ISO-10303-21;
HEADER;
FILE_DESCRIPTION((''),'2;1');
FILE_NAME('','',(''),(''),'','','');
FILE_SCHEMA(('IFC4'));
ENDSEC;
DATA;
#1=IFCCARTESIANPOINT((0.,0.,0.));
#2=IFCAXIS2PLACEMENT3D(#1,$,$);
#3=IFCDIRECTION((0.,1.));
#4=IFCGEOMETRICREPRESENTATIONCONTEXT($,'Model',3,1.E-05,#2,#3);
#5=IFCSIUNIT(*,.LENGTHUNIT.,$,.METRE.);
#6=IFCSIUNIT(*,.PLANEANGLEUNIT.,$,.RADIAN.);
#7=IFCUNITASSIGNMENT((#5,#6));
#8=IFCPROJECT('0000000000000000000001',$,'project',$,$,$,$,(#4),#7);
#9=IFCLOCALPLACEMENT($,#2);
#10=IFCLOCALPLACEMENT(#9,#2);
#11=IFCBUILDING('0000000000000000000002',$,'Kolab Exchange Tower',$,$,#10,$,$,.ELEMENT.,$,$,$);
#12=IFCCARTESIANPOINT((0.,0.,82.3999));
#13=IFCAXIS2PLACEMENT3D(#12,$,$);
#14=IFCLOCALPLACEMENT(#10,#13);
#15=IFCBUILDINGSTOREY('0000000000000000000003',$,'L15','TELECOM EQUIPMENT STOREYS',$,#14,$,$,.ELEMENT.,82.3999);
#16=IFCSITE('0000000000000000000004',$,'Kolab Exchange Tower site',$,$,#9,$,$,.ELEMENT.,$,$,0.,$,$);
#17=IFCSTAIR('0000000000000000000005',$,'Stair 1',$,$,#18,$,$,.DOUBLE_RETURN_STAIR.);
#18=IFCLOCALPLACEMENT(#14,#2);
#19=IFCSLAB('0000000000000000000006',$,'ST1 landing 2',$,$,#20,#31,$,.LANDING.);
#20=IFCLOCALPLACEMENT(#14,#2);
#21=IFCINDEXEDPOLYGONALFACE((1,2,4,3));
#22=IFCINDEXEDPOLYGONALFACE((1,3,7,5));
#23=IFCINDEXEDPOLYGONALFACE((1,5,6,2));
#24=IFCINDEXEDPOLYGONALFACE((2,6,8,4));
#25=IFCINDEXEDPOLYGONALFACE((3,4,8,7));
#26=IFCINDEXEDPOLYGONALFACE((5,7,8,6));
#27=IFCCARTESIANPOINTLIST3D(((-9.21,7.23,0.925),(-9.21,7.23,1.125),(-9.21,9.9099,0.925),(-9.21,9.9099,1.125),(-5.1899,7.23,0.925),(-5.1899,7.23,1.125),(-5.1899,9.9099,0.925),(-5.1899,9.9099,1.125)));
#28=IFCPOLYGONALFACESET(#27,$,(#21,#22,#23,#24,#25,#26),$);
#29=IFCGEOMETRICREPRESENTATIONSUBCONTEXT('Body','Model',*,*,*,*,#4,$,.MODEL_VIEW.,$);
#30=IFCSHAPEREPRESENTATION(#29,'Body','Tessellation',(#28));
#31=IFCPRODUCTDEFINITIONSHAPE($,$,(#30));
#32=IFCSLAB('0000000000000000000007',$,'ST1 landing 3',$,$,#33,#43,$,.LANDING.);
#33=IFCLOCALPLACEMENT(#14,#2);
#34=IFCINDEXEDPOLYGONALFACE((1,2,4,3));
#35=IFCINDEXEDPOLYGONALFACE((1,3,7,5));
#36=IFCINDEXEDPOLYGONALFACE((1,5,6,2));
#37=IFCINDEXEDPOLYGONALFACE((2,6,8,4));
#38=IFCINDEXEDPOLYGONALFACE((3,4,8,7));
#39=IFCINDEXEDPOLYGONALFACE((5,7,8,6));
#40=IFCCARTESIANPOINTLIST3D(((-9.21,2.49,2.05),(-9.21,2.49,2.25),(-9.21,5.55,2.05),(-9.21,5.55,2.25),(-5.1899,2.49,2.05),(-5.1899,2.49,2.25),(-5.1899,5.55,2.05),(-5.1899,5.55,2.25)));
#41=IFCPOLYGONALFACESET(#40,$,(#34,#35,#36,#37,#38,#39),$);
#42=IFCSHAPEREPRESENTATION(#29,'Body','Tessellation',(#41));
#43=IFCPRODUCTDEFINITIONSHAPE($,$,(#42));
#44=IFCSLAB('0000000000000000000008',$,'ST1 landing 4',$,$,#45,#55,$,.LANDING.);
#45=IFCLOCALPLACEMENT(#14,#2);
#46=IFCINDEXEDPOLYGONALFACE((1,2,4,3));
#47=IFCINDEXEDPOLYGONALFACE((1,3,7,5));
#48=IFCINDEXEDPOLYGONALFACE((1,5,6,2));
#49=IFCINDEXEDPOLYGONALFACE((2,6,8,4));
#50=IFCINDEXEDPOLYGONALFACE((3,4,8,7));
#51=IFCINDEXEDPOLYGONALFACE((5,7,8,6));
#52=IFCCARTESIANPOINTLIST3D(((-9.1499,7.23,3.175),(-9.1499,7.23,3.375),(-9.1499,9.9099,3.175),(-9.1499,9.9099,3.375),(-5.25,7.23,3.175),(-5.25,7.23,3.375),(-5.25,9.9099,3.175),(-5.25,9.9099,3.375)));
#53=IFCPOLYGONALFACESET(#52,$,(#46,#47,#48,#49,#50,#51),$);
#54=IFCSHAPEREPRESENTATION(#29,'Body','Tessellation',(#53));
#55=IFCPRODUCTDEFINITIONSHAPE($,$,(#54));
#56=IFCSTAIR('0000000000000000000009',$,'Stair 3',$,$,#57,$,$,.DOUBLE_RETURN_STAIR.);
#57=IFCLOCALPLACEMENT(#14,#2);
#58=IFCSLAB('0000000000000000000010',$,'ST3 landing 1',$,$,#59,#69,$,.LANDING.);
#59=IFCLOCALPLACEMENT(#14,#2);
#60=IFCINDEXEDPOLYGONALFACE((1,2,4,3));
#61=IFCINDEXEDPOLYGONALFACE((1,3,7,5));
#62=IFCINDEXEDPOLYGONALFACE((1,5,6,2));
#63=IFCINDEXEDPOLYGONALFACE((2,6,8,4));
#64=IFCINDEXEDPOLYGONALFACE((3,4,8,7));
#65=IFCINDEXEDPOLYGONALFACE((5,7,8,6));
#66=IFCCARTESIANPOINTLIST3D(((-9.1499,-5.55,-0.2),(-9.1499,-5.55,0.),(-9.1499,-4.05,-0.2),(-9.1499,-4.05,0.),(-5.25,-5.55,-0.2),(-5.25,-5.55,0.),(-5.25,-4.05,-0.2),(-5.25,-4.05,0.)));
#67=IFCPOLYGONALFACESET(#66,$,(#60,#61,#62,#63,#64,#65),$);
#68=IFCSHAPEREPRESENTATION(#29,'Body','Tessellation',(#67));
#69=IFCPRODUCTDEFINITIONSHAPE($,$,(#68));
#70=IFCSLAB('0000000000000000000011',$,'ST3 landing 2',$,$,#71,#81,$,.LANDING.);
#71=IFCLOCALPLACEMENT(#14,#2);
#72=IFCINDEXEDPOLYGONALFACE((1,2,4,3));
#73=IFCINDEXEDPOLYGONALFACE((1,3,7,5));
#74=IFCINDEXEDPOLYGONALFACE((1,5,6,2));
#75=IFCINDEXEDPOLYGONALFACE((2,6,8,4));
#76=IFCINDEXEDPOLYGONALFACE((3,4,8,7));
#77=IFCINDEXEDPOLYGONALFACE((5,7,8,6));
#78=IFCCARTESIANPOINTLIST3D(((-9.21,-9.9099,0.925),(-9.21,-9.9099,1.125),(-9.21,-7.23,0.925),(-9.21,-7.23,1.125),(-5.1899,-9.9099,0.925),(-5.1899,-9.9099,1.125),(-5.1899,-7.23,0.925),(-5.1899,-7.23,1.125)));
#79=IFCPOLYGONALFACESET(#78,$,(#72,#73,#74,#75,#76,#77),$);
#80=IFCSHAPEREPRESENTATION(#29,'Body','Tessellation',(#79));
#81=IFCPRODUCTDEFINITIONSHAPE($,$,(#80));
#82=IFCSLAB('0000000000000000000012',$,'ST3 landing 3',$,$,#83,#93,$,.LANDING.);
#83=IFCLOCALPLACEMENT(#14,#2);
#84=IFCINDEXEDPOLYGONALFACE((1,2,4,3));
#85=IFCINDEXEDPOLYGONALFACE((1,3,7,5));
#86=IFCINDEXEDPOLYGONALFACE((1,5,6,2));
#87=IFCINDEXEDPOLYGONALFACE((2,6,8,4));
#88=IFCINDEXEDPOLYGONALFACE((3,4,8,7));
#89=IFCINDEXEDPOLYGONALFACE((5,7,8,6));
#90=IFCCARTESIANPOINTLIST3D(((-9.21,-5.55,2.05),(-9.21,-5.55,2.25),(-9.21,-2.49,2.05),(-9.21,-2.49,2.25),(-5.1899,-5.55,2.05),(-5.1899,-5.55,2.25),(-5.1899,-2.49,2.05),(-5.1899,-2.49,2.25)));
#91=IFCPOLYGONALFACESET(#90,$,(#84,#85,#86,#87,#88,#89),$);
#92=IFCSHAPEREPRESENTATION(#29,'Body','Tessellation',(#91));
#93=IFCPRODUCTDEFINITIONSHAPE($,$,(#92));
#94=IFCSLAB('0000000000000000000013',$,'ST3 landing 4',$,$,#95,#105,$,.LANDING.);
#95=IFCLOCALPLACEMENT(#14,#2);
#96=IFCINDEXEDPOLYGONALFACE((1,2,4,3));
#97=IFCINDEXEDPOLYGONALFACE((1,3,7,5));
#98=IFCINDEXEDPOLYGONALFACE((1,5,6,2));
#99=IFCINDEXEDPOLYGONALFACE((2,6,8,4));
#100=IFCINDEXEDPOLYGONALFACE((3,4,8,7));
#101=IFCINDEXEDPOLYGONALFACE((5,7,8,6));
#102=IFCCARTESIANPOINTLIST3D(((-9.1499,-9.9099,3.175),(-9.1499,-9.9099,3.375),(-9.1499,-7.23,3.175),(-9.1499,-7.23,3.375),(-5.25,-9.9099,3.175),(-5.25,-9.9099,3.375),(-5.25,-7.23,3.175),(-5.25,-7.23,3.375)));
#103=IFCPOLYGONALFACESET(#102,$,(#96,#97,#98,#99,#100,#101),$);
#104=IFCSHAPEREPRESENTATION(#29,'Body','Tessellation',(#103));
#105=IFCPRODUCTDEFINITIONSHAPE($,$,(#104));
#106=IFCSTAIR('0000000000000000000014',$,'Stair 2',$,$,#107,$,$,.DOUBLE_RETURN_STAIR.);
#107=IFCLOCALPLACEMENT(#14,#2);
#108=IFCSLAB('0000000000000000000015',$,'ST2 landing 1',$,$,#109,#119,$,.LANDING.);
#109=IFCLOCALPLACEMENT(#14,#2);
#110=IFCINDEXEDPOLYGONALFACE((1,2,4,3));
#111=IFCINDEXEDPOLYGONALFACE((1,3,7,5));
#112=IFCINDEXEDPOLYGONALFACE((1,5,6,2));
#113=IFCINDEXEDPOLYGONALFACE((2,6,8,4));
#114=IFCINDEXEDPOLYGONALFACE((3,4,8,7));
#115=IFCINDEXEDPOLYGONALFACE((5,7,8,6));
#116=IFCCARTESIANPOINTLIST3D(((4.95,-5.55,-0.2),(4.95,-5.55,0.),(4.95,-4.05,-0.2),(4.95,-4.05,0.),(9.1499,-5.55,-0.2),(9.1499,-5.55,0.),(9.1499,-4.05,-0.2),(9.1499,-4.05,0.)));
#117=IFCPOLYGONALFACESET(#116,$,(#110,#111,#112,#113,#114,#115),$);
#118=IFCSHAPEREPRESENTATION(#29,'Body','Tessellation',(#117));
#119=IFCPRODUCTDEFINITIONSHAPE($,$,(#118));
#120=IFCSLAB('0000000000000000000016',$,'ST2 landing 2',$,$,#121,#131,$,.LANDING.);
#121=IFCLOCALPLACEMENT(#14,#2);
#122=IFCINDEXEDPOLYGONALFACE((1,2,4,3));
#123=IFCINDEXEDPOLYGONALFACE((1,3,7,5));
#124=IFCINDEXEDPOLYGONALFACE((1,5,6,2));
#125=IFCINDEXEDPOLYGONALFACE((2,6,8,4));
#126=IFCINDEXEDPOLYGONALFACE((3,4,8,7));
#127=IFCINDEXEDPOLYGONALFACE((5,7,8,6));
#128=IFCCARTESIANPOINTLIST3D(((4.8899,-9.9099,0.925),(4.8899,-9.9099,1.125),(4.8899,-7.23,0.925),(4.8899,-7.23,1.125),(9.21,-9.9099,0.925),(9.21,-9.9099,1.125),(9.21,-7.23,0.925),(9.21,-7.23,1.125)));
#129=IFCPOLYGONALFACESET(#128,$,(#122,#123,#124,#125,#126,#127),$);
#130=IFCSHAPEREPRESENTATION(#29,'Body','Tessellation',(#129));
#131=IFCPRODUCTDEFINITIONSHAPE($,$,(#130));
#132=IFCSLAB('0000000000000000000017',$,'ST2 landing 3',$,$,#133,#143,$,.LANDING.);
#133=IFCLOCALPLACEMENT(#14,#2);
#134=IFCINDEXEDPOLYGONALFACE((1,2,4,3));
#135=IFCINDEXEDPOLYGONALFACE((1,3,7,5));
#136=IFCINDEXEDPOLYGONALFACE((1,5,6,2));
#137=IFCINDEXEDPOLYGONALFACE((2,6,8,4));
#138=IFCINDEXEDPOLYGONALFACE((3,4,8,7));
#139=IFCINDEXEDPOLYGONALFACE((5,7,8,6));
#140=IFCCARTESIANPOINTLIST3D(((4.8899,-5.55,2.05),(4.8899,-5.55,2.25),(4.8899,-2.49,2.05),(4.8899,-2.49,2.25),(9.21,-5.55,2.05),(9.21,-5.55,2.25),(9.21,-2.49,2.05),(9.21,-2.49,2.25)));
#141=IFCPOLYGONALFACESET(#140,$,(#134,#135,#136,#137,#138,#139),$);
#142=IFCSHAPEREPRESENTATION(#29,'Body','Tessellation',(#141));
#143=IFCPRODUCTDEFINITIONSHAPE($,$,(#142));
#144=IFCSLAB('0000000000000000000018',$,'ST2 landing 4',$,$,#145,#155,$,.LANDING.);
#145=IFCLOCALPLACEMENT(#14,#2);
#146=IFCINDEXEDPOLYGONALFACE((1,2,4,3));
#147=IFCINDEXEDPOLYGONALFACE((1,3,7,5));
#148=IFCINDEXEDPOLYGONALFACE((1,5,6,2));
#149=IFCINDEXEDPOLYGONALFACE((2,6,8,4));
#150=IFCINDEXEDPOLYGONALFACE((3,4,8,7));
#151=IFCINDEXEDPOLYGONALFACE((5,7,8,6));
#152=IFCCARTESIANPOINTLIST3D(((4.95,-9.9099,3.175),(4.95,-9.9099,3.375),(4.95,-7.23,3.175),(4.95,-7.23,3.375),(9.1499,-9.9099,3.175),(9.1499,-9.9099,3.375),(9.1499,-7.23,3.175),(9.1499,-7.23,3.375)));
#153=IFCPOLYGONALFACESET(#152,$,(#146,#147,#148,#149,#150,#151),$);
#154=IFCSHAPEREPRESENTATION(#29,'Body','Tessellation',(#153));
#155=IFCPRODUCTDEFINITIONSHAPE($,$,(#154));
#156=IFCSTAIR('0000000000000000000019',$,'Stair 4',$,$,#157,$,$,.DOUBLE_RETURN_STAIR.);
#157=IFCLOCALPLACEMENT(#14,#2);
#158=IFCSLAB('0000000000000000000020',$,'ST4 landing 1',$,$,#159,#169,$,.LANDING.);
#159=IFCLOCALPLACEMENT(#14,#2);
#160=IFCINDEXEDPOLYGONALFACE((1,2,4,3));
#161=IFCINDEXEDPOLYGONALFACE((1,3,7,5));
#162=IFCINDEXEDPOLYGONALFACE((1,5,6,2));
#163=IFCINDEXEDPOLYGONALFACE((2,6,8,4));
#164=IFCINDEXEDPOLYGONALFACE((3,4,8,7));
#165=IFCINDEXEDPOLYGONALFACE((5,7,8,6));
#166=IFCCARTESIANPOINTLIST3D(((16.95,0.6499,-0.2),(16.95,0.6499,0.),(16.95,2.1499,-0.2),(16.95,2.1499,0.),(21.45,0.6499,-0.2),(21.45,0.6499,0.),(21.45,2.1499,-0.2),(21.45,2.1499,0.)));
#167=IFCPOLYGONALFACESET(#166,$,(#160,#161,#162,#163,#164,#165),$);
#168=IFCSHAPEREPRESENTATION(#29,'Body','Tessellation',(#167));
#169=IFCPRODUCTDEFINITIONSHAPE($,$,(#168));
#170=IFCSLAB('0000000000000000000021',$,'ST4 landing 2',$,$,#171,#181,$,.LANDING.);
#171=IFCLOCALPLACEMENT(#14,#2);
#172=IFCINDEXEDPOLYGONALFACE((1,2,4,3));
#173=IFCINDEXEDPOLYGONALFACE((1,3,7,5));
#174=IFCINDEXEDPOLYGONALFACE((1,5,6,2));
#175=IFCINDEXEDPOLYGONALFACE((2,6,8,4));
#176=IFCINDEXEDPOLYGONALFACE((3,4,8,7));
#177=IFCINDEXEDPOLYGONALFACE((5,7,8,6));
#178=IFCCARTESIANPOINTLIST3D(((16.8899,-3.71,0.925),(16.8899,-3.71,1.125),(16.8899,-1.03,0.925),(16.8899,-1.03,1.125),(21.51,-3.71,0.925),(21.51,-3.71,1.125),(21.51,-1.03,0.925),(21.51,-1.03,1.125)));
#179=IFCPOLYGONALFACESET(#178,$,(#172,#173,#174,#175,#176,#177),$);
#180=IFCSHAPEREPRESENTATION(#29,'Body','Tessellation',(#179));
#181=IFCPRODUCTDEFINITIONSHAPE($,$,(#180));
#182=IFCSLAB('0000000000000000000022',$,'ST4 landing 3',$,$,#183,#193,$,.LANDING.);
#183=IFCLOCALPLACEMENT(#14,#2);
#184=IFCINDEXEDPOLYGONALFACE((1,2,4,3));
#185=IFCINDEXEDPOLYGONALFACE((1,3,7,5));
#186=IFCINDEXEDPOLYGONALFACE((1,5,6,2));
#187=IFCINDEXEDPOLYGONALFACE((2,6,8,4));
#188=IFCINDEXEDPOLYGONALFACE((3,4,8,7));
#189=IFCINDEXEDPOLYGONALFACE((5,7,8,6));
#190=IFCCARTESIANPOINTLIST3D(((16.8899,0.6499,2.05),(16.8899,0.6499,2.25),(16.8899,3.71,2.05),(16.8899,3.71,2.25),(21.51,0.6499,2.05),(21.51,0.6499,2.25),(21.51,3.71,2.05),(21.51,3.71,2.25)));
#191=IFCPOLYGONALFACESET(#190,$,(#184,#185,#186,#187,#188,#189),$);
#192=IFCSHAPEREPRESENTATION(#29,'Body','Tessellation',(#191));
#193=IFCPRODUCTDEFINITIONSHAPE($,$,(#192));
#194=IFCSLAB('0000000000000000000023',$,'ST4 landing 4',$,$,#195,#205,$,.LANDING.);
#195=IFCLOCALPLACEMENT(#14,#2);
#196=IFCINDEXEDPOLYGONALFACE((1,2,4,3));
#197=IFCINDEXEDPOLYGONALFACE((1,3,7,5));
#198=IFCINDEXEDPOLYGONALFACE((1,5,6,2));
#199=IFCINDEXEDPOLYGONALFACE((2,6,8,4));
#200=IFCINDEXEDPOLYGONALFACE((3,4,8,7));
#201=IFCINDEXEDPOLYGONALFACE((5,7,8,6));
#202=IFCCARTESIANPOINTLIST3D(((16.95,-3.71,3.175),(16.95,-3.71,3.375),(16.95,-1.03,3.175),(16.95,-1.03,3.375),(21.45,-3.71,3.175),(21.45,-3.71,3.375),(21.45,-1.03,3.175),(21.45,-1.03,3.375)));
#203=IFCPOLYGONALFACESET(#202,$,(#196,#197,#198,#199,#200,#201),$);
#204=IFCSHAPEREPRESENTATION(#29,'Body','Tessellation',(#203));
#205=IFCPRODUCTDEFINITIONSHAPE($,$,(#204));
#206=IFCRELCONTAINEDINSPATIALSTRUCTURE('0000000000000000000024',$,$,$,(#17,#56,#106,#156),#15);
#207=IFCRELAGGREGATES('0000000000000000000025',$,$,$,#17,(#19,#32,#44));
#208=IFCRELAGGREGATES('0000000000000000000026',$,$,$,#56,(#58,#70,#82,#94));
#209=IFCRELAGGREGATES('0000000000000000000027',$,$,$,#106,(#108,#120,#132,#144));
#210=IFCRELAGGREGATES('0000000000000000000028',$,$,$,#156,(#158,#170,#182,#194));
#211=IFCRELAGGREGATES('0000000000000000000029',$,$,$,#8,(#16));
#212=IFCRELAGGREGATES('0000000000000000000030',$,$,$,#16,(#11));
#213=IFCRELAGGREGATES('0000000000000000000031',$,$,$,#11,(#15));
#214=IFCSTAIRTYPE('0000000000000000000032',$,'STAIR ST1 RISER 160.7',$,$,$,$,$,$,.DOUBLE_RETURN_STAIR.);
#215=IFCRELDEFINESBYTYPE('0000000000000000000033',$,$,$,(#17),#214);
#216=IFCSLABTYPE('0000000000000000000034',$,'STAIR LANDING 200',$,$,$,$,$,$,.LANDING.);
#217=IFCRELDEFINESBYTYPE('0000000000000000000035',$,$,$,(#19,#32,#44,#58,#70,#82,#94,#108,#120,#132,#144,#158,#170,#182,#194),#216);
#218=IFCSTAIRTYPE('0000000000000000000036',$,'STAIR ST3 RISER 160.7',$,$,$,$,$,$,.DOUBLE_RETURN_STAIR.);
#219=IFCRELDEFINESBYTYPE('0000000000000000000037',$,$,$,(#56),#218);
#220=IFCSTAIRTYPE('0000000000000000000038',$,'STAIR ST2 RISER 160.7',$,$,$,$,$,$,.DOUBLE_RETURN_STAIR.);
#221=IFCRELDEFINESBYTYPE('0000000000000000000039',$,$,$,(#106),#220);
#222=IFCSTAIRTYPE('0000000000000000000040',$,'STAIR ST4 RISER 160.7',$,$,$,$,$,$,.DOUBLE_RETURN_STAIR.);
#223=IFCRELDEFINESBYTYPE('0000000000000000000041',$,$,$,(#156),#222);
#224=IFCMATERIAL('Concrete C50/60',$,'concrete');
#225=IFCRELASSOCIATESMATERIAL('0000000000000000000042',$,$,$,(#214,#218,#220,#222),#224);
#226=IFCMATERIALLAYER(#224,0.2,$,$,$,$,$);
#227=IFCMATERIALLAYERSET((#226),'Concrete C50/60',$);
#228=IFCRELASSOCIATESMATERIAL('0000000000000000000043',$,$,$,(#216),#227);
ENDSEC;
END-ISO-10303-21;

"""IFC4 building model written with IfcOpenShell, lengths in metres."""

from ifc_helpers import new_model, si_unit, direction, frame, origin, place, context, subcontext, project, spatial, polyline, outline, extrude, material, layer, layer_set, type_object, element, aggregate, save


model = new_model("IFC4")

# Units and contexts
model_context = context("Model", 3, precision=1e-05, world=origin(), true_north=direction((0.0, 1.0)))
body_context = subcontext(model_context, "Body", "Model", "MODEL_VIEW")
ifc_project = project(units=[si_unit("LENGTHUNIT", "METRE"), si_unit("PLANEANGLEUNIT", "RADIAN")], contexts=[model_context])

# Site, building, storey
site_placement = place(None, origin())
site = spatial("IfcSite", under=ifc_project, at=site_placement, Name="Kolab Exchange Tower site", CompositionType="ELEMENT", RefElevation=0.0)
building_placement = place(site_placement, origin())
building = spatial("IfcBuilding", under=site, at=building_placement, Name="Kolab Exchange Tower", CompositionType="ELEMENT")
storey_placement = place(building_placement, frame((0.0, 0.0, 82.3999)))
storey = spatial("IfcBuildingStorey", under=building, at=storey_placement, Name="L15", Description="TELECOM EQUIPMENT STOREYS", CompositionType="ELEMENT", Elevation=82.3999)

# Stairs, slabs
ifc_material_1 = material(Name="Concrete C50/60", Category="concrete")
stair_type_1 = type_object("IfcStairType", Name="STAIR ST1 RISER 160.7", PredefinedType="DOUBLE_RETURN_STAIR", material=ifc_material_1)
stair_1_placement = place(storey_placement, origin())
stair_1 = element("IfcStair", 1, at=stair_1_placement, inside=storey, type_object=stair_type_1, Name="Stair 1", PredefinedType="DOUBLE_RETURN_STAIR")
ifc_layer_1 = layer(ifc_material_1, 0.2)
ifc_layer_set_1 = layer_set([ifc_layer_1], Name="Concrete C50/60")
slab_type_1 = type_object("IfcSlabType", Name="STAIR LANDING 200", PredefinedType="LANDING", material=ifc_layer_set_1)
slab_1_placement = place(storey_placement, frame((0.0, 0.0, 0.925)))
slab_1 = element("IfcSlab", 2, at=slab_1_placement, type_object=slab_type_1, Name="ST1 landing 2", PredefinedType="LANDING", context=body_context, shape_type="SweptSolid", body=[
    extrude(outline(polyline([(-9.21, 7.23), (-5.1899, 7.23), (-5.1899, 9.9099), (-9.21, 9.9099), (-9.21, 7.23)])), origin(), (0.0, 0.0, 1.0), 0.2),
])
slab_2_placement = place(storey_placement, frame((0.0, 0.0, 2.05)))
slab_2 = element("IfcSlab", 3, at=slab_2_placement, type_object=slab_type_1, Name="ST1 landing 3", PredefinedType="LANDING", context=body_context, shape_type="SweptSolid", body=[
    extrude(outline(polyline([(-9.21, 2.49), (-5.1899, 2.49), (-5.1899, 5.55), (-9.21, 5.55), (-9.21, 2.49)])), origin(), (0.0, 0.0, 1.0), 0.2),
])
slab_3_placement = place(storey_placement, frame((0.0, 0.0, 3.175)))
slab_3 = element("IfcSlab", 4, at=slab_3_placement, type_object=slab_type_1, Name="ST1 landing 4", PredefinedType="LANDING", context=body_context, shape_type="SweptSolid", body=[
    extrude(outline(polyline([(-9.1499, 7.23), (-5.25, 7.23), (-5.25, 9.9099), (-9.1499, 9.9099), (-9.1499, 7.23)])), origin(), (0.0, 0.0, 1.0), 0.2),
])
aggregate(stair_1, [slab_1, slab_2, slab_3])
stair_type_2 = type_object("IfcStairType", Name="STAIR ST3 RISER 160.7", PredefinedType="DOUBLE_RETURN_STAIR", material=ifc_material_1)
stair_2_placement = place(storey_placement, origin())
stair_2 = element("IfcStair", 5, at=stair_2_placement, inside=storey, type_object=stair_type_2, Name="Stair 3", PredefinedType="DOUBLE_RETURN_STAIR")
slab_4_placement = place(storey_placement, frame((0.0, 0.0, -0.2)))
slab_4 = element("IfcSlab", 6, at=slab_4_placement, type_object=slab_type_1, Name="ST3 landing 1", PredefinedType="LANDING", context=body_context, shape_type="SweptSolid", body=[
    extrude(outline(polyline([(-9.1499, -5.55), (-5.25, -5.55), (-5.25, -4.05), (-9.1499, -4.05), (-9.1499, -5.55)])), origin(), (0.0, 0.0, 1.0), 0.2),
])
slab_5_placement = place(storey_placement, frame((0.0, 0.0, 0.925)))
slab_5 = element("IfcSlab", 7, at=slab_5_placement, type_object=slab_type_1, Name="ST3 landing 2", PredefinedType="LANDING", context=body_context, shape_type="SweptSolid", body=[
    extrude(outline(polyline([(-9.21, -9.9099), (-5.1899, -9.9099), (-5.1899, -7.23), (-9.21, -7.23), (-9.21, -9.9099)])), origin(), (0.0, 0.0, 1.0), 0.2),
])
slab_6_placement = place(storey_placement, frame((0.0, 0.0, 2.05)))
slab_6 = element("IfcSlab", 8, at=slab_6_placement, type_object=slab_type_1, Name="ST3 landing 3", PredefinedType="LANDING", context=body_context, shape_type="SweptSolid", body=[
    extrude(outline(polyline([(-9.21, -5.55), (-5.1899, -5.55), (-5.1899, -2.49), (-9.21, -2.49), (-9.21, -5.55)])), origin(), (0.0, 0.0, 1.0), 0.2),
])
slab_7_placement = place(storey_placement, frame((0.0, 0.0, 3.175)))
slab_7 = element("IfcSlab", 9, at=slab_7_placement, type_object=slab_type_1, Name="ST3 landing 4", PredefinedType="LANDING", context=body_context, shape_type="SweptSolid", body=[
    extrude(outline(polyline([(-9.1499, -9.9099), (-5.25, -9.9099), (-5.25, -7.23), (-9.1499, -7.23), (-9.1499, -9.9099)])), origin(), (0.0, 0.0, 1.0), 0.2),
])
aggregate(stair_2, [slab_4, slab_5, slab_6, slab_7])
stair_type_3 = type_object("IfcStairType", Name="STAIR ST2 RISER 160.7", PredefinedType="DOUBLE_RETURN_STAIR", material=ifc_material_1)
stair_3_placement = place(storey_placement, origin())
stair_3 = element("IfcStair", 10, at=stair_3_placement, inside=storey, type_object=stair_type_3, Name="Stair 2", PredefinedType="DOUBLE_RETURN_STAIR")
slab_8_placement = place(storey_placement, frame((0.0, 0.0, -0.2)))
slab_8 = element("IfcSlab", 11, at=slab_8_placement, type_object=slab_type_1, Name="ST2 landing 1", PredefinedType="LANDING", context=body_context, shape_type="SweptSolid", body=[
    extrude(outline(polyline([(4.95, -5.55), (9.1499, -5.55), (9.1499, -4.05), (4.95, -4.05), (4.95, -5.55)])), origin(), (0.0, 0.0, 1.0), 0.2),
])
slab_9_placement = place(storey_placement, frame((0.0, 0.0, 0.925)))
slab_9 = element("IfcSlab", 12, at=slab_9_placement, type_object=slab_type_1, Name="ST2 landing 2", PredefinedType="LANDING", context=body_context, shape_type="SweptSolid", body=[
    extrude(outline(polyline([(4.8899, -9.9099), (9.21, -9.9099), (9.21, -7.23), (4.8899, -7.23), (4.8899, -9.9099)])), origin(), (0.0, 0.0, 1.0), 0.2),
])
slab_10_placement = place(storey_placement, frame((0.0, 0.0, 2.05)))
slab_10 = element("IfcSlab", 13, at=slab_10_placement, type_object=slab_type_1, Name="ST2 landing 3", PredefinedType="LANDING", context=body_context, shape_type="SweptSolid", body=[
    extrude(outline(polyline([(4.8899, -5.55), (9.21, -5.55), (9.21, -2.49), (4.8899, -2.49), (4.8899, -5.55)])), origin(), (0.0, 0.0, 1.0), 0.2),
])
slab_11_placement = place(storey_placement, frame((0.0, 0.0, 3.175)))
slab_11 = element("IfcSlab", 14, at=slab_11_placement, type_object=slab_type_1, Name="ST2 landing 4", PredefinedType="LANDING", context=body_context, shape_type="SweptSolid", body=[
    extrude(outline(polyline([(4.95, -9.9099), (9.1499, -9.9099), (9.1499, -7.23), (4.95, -7.23), (4.95, -9.9099)])), origin(), (0.0, 0.0, 1.0), 0.2),
])
aggregate(stair_3, [slab_8, slab_9, slab_10, slab_11])
stair_type_4 = type_object("IfcStairType", Name="STAIR ST4 RISER 160.7", PredefinedType="DOUBLE_RETURN_STAIR", material=ifc_material_1)
stair_4_placement = place(storey_placement, origin())
stair_4 = element("IfcStair", 15, at=stair_4_placement, inside=storey, type_object=stair_type_4, Name="Stair 4", PredefinedType="DOUBLE_RETURN_STAIR")
slab_12_placement = place(storey_placement, frame((0.0, 0.0, -0.2)))
slab_12 = element("IfcSlab", 16, at=slab_12_placement, type_object=slab_type_1, Name="ST4 landing 1", PredefinedType="LANDING", context=body_context, shape_type="SweptSolid", body=[
    extrude(outline(polyline([(16.95, 0.6499), (21.45, 0.6499), (21.45, 2.1499), (16.95, 2.1499), (16.95, 0.6499)])), origin(), (0.0, 0.0, 1.0), 0.2),
])
slab_13_placement = place(storey_placement, frame((0.0, 0.0, 0.925)))
slab_13 = element("IfcSlab", 17, at=slab_13_placement, type_object=slab_type_1, Name="ST4 landing 2", PredefinedType="LANDING", context=body_context, shape_type="SweptSolid", body=[
    extrude(outline(polyline([(16.8899, -3.71), (21.51, -3.71), (21.51, -1.03), (16.8899, -1.03), (16.8899, -3.71)])), origin(), (0.0, 0.0, 1.0), 0.2),
])
slab_14_placement = place(storey_placement, frame((0.0, 0.0, 2.05)))
slab_14 = element("IfcSlab", 18, at=slab_14_placement, type_object=slab_type_1, Name="ST4 landing 3", PredefinedType="LANDING", context=body_context, shape_type="SweptSolid", body=[
    extrude(outline(polyline([(16.8899, 0.6499), (21.51, 0.6499), (21.51, 3.71), (16.8899, 3.71), (16.8899, 0.6499)])), origin(), (0.0, 0.0, 1.0), 0.2),
])
slab_15_placement = place(storey_placement, frame((0.0, 0.0, 3.175)))
slab_15 = element("IfcSlab", 19, at=slab_15_placement, type_object=slab_type_1, Name="ST4 landing 4", PredefinedType="LANDING", context=body_context, shape_type="SweptSolid", body=[
    extrude(outline(polyline([(16.95, -3.71), (21.45, -3.71), (21.45, -1.03), (16.95, -1.03), (16.95, -3.71)])), origin(), (0.0, 0.0, 1.0), 0.2),
])
aggregate(stair_4, [slab_12, slab_13, slab_14, slab_15])

save(model, "model.ifc")
